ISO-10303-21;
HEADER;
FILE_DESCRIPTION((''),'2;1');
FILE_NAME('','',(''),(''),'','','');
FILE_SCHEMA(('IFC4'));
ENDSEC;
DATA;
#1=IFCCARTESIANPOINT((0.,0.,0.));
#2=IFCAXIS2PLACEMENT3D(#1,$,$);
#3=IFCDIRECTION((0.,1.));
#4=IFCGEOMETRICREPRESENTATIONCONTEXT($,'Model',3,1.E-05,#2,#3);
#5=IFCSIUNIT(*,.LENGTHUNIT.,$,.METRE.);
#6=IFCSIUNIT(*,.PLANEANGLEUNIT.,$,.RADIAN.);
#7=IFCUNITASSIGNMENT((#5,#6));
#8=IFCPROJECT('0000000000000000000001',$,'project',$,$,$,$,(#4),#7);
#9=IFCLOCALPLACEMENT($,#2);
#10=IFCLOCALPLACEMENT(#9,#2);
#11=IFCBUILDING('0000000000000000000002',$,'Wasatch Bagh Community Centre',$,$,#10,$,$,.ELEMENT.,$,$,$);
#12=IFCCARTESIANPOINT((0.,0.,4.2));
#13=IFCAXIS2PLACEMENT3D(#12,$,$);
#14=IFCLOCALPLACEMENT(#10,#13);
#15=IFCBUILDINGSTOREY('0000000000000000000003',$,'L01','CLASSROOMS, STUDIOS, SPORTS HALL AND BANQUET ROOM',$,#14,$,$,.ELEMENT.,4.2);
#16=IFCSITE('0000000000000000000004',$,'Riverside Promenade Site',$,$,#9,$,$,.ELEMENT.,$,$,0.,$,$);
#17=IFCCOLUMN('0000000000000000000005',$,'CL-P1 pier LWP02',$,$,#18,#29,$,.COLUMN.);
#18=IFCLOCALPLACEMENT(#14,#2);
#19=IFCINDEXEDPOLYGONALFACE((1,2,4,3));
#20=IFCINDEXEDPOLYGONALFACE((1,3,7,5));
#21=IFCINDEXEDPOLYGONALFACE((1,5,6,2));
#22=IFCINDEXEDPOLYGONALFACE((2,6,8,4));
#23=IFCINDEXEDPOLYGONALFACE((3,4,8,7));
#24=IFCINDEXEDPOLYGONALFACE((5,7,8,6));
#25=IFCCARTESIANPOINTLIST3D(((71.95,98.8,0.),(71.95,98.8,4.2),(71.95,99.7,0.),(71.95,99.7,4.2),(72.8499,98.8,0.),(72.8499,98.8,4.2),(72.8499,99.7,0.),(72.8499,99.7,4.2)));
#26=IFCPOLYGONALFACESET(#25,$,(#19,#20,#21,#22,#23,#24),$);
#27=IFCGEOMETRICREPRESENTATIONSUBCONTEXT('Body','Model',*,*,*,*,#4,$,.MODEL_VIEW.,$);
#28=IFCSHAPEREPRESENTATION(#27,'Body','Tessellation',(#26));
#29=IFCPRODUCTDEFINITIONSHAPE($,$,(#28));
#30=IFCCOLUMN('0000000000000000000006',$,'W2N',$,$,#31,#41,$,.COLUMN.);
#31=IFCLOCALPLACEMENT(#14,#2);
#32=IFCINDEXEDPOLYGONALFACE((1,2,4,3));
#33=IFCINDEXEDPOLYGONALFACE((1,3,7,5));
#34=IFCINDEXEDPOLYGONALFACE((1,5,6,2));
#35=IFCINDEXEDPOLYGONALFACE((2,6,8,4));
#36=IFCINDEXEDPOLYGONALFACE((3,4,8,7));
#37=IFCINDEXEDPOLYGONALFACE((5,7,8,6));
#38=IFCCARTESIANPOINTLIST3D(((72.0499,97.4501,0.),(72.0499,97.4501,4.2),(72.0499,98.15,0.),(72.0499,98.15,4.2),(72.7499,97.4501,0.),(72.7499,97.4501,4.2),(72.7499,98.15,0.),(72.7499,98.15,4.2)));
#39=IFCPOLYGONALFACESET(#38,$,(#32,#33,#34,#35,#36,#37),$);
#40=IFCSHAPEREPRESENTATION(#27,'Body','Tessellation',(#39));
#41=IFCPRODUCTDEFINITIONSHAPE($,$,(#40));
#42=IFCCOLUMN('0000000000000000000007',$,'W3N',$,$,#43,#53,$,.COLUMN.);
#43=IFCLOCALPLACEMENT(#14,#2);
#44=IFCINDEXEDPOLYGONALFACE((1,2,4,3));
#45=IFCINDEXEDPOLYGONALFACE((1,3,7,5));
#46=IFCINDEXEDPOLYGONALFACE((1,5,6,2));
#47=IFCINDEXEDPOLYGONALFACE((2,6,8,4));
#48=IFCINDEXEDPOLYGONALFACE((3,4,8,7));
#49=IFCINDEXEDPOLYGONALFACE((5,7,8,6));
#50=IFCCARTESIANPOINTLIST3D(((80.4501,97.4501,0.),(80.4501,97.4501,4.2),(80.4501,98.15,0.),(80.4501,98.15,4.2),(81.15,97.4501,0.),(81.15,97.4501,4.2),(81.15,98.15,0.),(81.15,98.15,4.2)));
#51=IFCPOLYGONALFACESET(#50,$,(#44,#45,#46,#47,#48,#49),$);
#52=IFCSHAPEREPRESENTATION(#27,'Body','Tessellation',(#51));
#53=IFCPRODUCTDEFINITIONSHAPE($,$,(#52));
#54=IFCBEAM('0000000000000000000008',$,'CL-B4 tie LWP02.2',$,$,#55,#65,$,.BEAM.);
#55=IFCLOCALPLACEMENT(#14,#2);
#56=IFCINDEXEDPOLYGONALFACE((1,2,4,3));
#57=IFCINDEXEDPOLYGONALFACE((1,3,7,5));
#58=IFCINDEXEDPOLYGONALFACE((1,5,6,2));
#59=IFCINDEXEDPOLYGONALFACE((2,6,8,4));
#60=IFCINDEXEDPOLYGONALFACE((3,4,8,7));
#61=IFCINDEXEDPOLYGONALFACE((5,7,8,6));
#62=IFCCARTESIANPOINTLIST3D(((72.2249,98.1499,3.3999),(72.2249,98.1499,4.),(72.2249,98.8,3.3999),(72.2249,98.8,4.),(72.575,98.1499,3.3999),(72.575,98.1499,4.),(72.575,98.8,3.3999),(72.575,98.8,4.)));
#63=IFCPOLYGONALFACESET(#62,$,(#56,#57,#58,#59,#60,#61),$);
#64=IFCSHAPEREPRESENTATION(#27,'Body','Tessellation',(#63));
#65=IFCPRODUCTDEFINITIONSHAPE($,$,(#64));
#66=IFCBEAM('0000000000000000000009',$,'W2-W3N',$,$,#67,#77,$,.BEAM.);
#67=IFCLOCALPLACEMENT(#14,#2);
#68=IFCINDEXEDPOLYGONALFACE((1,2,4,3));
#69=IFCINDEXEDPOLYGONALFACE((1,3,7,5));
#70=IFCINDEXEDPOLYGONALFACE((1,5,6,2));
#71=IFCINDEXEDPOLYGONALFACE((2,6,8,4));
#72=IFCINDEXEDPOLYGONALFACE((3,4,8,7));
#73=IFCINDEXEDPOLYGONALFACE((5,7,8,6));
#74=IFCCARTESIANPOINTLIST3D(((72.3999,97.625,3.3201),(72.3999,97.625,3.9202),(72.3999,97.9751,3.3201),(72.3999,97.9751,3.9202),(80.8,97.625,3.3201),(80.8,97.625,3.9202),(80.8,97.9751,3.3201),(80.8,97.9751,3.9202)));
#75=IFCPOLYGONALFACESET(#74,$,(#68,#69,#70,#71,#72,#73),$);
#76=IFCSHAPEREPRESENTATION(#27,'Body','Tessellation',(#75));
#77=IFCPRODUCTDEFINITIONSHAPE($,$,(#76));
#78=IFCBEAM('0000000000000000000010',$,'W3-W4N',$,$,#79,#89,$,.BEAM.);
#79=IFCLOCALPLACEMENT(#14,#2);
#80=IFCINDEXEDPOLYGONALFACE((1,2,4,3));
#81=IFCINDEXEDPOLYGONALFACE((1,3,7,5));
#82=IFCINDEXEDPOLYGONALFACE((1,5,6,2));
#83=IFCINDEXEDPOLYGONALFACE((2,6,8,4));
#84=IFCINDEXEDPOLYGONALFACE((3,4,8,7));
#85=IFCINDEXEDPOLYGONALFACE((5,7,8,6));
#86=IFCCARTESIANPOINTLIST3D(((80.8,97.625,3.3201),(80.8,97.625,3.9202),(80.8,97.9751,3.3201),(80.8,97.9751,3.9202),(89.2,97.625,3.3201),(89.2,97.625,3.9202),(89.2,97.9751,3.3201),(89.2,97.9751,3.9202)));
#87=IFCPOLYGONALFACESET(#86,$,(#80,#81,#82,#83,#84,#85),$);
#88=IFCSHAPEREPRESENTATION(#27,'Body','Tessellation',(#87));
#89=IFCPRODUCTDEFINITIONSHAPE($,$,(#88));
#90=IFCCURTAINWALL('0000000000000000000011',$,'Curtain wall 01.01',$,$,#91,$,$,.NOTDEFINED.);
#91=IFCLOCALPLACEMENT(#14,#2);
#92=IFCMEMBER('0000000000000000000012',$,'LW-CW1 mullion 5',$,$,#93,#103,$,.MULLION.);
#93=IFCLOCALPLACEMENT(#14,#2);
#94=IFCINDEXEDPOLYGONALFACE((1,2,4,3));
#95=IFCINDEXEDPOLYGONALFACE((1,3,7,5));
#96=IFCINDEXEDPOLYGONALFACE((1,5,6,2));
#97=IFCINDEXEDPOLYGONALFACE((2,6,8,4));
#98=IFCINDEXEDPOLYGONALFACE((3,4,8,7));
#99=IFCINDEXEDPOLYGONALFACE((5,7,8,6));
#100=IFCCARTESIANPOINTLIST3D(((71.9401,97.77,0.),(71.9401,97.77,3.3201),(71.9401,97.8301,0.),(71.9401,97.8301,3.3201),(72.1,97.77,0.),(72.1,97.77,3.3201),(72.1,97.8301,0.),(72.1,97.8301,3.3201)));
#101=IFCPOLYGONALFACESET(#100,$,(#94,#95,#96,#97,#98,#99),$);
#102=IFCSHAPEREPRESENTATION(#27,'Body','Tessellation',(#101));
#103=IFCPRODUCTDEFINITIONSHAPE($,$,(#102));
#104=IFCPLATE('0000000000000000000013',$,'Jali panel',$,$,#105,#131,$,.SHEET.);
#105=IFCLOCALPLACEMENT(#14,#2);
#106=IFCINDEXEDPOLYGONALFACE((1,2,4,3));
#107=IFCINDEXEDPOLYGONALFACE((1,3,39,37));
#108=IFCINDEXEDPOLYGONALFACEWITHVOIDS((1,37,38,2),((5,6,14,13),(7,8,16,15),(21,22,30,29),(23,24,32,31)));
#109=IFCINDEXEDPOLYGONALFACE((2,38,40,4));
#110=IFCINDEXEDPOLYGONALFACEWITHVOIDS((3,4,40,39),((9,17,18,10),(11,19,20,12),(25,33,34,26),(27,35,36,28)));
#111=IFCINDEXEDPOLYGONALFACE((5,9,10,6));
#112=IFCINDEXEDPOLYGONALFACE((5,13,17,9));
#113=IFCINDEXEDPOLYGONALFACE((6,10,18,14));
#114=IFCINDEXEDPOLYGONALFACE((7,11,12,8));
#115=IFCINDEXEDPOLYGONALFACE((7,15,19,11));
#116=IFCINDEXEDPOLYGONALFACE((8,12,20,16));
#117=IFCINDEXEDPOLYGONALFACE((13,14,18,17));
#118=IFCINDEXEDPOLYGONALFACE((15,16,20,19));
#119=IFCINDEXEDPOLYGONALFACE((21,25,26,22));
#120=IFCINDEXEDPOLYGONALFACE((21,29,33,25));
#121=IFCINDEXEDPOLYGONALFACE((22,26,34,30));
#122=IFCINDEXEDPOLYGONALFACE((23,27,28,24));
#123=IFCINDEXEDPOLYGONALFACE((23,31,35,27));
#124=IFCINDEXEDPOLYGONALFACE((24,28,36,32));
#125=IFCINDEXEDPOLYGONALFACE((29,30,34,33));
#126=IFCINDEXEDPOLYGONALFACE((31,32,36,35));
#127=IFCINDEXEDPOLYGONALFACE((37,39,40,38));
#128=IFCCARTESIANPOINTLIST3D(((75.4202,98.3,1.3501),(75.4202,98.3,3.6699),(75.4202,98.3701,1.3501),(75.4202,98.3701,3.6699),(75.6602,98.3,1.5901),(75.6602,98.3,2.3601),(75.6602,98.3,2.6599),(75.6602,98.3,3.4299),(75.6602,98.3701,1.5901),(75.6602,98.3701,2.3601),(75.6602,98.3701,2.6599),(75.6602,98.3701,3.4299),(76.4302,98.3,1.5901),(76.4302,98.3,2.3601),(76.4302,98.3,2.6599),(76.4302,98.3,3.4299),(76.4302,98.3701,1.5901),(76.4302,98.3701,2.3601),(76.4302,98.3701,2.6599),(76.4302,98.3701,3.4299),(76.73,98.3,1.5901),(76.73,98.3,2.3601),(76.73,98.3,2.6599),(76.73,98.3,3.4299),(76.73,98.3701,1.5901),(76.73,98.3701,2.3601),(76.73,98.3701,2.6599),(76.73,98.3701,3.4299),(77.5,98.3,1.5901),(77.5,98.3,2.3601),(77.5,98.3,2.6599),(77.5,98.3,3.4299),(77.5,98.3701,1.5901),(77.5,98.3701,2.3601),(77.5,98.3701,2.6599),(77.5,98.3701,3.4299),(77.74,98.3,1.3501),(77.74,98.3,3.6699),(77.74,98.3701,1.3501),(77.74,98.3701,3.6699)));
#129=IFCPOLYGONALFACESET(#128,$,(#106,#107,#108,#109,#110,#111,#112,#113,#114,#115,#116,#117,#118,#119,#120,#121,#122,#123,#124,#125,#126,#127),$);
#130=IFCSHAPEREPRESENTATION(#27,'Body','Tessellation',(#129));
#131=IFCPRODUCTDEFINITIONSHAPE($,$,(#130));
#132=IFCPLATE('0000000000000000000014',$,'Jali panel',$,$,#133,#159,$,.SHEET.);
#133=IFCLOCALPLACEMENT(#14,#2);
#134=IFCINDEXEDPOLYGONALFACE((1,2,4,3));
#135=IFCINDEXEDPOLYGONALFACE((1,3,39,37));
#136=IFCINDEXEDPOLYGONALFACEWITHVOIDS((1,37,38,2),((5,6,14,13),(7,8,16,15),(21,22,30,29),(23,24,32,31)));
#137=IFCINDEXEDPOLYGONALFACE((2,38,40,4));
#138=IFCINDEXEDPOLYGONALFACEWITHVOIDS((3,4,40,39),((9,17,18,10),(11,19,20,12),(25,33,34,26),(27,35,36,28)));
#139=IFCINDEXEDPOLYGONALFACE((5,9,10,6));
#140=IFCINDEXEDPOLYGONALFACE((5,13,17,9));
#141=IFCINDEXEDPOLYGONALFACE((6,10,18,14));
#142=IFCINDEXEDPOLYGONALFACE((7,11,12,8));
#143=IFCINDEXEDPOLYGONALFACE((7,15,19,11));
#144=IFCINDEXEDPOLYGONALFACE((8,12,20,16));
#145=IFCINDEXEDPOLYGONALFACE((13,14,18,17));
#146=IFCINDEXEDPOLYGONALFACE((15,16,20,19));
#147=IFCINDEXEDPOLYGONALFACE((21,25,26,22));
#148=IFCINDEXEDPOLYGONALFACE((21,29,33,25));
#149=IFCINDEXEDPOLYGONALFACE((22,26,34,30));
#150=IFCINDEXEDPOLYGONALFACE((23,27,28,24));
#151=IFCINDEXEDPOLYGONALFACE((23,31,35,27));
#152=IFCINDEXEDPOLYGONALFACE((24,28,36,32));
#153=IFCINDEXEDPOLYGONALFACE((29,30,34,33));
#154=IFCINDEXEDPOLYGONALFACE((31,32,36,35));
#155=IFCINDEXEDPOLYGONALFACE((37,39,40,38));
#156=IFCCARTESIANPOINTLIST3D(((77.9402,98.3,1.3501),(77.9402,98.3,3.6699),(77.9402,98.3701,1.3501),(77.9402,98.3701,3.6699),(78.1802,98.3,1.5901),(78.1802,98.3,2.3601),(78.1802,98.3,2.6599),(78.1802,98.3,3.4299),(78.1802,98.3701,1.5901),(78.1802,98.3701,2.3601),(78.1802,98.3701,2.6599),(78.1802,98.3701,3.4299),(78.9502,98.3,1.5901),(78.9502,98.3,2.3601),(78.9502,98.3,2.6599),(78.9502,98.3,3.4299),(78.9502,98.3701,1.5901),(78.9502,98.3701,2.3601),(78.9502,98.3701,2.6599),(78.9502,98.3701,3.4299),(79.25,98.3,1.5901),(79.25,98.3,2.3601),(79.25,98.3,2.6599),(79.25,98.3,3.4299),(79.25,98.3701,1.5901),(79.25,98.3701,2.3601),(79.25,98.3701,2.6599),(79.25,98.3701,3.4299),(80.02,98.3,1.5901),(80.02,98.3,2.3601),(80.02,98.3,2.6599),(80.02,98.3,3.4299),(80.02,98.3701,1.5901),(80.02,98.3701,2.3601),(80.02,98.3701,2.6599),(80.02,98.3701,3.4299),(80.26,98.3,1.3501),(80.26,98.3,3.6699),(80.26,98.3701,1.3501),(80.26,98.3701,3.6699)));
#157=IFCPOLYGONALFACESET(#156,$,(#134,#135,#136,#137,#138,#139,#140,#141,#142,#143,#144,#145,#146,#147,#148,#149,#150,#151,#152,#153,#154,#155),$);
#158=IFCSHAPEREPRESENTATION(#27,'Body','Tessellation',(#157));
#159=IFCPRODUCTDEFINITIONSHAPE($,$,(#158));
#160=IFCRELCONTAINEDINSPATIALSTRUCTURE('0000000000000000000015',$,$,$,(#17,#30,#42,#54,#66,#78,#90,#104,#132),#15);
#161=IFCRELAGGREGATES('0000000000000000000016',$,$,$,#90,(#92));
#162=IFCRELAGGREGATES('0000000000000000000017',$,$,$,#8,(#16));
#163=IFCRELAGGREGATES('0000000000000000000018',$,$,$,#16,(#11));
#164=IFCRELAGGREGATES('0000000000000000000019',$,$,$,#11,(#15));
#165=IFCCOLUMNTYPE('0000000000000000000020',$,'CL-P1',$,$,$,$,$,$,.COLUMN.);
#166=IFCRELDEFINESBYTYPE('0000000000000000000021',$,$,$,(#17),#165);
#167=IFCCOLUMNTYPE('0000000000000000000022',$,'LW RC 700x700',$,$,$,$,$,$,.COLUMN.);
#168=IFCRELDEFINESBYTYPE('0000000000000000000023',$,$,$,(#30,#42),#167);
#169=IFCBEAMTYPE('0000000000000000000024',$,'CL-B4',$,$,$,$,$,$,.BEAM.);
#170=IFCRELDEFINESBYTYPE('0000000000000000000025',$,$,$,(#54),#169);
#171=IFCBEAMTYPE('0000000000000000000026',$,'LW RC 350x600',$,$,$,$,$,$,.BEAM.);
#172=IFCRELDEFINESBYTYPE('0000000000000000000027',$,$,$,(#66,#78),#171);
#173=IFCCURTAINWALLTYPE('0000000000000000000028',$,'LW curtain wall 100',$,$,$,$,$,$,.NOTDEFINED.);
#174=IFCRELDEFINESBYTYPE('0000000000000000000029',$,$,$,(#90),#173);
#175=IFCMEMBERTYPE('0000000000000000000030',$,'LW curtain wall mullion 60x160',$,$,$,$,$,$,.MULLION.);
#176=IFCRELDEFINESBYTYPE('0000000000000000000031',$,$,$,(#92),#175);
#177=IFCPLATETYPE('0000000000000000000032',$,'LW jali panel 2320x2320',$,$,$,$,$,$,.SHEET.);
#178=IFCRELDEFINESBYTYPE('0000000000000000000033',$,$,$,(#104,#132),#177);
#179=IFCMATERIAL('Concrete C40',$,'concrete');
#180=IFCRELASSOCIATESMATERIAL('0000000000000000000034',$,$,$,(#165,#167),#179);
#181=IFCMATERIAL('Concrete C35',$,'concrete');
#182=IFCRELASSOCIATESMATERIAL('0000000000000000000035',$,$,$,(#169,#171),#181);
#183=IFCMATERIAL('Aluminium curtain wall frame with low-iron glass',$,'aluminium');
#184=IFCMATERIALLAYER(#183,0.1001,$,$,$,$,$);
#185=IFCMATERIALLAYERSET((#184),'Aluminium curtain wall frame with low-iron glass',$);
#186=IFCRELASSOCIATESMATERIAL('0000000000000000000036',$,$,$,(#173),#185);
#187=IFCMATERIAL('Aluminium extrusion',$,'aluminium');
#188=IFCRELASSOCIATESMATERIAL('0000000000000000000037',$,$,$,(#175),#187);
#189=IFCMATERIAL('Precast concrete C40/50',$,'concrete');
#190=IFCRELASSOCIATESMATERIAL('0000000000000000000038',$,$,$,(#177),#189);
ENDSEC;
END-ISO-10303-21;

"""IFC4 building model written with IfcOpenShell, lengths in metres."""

from ifc_helpers import new_model, si_unit, direction, frame, origin, origin_2d, place, context, subcontext, project, spatial, polyline, rectangle, outline, extrude, material, layer, layer_set, material_profile, profile_set, type_object, element, aggregate, save


model = new_model("IFC4")

# Units and contexts
model_context = context("Model", 3, precision=1e-05, world=origin(), true_north=direction((0.0, 1.0)))
body_context = subcontext(model_context, "Body", "Model", "MODEL_VIEW")
ifc_project = project(units=[si_unit("LENGTHUNIT", "METRE"), si_unit("PLANEANGLEUNIT", "RADIAN")], contexts=[model_context])

# Site, building, storey
site_placement = place(None, origin())
site = spatial("IfcSite", under=ifc_project, at=site_placement, Name="Riverside Promenade Site", CompositionType="ELEMENT", RefElevation=0.0)
building_placement = place(site_placement, origin())
building = spatial("IfcBuilding", under=site, at=building_placement, Name="Wasatch Bagh Community Centre", CompositionType="ELEMENT")
storey_placement = place(building_placement, frame((0.0, 0.0, 4.2)))
storey = spatial("IfcBuildingStorey", under=building, at=storey_placement, Name="L01", Description="CLASSROOMS, STUDIOS, SPORTS HALL AND BANQUET ROOM", CompositionType="ELEMENT", Elevation=4.2)

# Columns
ifc_material_1 = material(Name="Concrete C40", Category="concrete")
ifc_material_profile_1 = material_profile(ifc_material_1, rectangle(XDim=0.8999, YDim=0.8999, at=origin_2d()), Name="RC 900x900")
ifc_profile_set_1 = profile_set([ifc_material_profile_1], Name="Concrete C40")
column_type_1 = type_object("IfcColumnType", Name="CL-P1", PredefinedType="COLUMN", material=ifc_profile_set_1)
column_placement = place(storey_placement, frame((72.3999, 99.25, 0.0), z_axis=(0.0, 0.0, 1.0), x_axis=(1.0, 0.0, 0.0)))
element("IfcColumn", 1, at=column_placement, inside=storey, type_object=column_type_1, Name="CL-P1 pier LWP02", PredefinedType="COLUMN", context=body_context, shape_type="SweptSolid", body=[
    extrude(rectangle(XDim=0.8999, YDim=0.8999, at=origin_2d()), origin(), (0.0, 0.0, 1.0), 4.2),
])
ifc_material_profile_2 = material_profile(ifc_material_1, rectangle(XDim=0.7, YDim=0.7, at=origin_2d()), Name="RC 700x700")
ifc_profile_set_2 = profile_set([ifc_material_profile_2], Name="Concrete C40")
column_type_2 = type_object("IfcColumnType", Name="LW RC 700x700", PredefinedType="COLUMN", material=ifc_profile_set_2)
for number, where, z_axis, x_axis, name in (
    (2, (72.3999, 97.8, 0.0), (0.0, 0.0, 1.0), (1.0, 0.0, 0.0), "W2N"),
    (3, (80.8, 97.8, 0.0), (0.0, 0.0, 1.0), (1.0, 0.0, 0.0), "W3N"),
):
    element("IfcColumn", number, at=place(storey_placement, frame(where, z_axis=z_axis, x_axis=x_axis)), inside=storey, type_object=column_type_2, Name=name, PredefinedType="COLUMN", context=body_context, shape_type="SweptSolid", body=[
        extrude(rectangle(XDim=0.7, YDim=0.7, at=origin_2d()), origin(), (0.0, 0.0, 1.0), 4.2),
    ])

# Beams
ifc_material_2 = material(Name="Concrete C35", Category="concrete")
ifc_material_profile_3 = material_profile(ifc_material_2, rectangle(XDim=0.3501, YDim=0.6001, at=origin_2d()), Name="RC 350x600")
ifc_profile_set_3 = profile_set([ifc_material_profile_3], Name="Concrete C35")
beam_type_1 = type_object("IfcBeamType", Name="CL-B4", PredefinedType="BEAM", material=ifc_profile_set_3)
beam_1_placement = place(storey_placement, frame((72.3999, 98.1499, 3.7), z_axis=(0.0, 1.0, 0.0), x_axis=(-1.0, 0.0, 0.0)))
element("IfcBeam", 4, at=beam_1_placement, inside=storey, type_object=beam_type_1, Name="CL-B4 tie LWP02.2", PredefinedType="BEAM", context=body_context, shape_type="SweptSolid", body=[
    extrude(rectangle(XDim=0.3501, YDim=0.6001, at=origin_2d()), origin(), (0.0, 0.0, 1.0), 0.6501),
])
ifc_material_profile_4 = material_profile(ifc_material_2, rectangle(XDim=0.3501, YDim=0.6001, at=origin_2d()), Name="RC 350x600")
ifc_profile_set_4 = profile_set([ifc_material_profile_4], Name="Concrete C35")
beam_type_2 = type_object("IfcBeamType", Name="LW RC 350x600", PredefinedType="BEAM", material=ifc_profile_set_4)
beam_2_placement = place(storey_placement, frame((72.3999, 97.8, 3.6201), z_axis=(1.0, 0.0, 0.0), x_axis=(0.0, 1.0, 0.0)))
element("IfcBeam", 5, at=beam_2_placement, inside=storey, type_object=beam_type_2, Name="W2-W3N", PredefinedType="BEAM", context=body_context, shape_type="SweptSolid", body=[
    extrude(rectangle(XDim=0.3501, YDim=0.6001, at=origin_2d()), origin(), (0.0, 0.0, 1.0), 8.4001),
])
beam_3_placement = place(storey_placement, frame((80.8, 97.8, 3.6201), z_axis=(1.0, 0.0, 0.0), x_axis=(0.0, 1.0, 0.0)))
element("IfcBeam", 6, at=beam_3_placement, inside=storey, type_object=beam_type_2, Name="W3-W4N", PredefinedType="BEAM", context=body_context, shape_type="SweptSolid", body=[
    extrude(rectangle(XDim=0.3501, YDim=0.6001, at=origin_2d()), origin(), (0.0, 0.0, 1.0), 8.3999),
])

# Curtain wall, member
ifc_material_3 = material(Name="Aluminium curtain wall frame with low-iron glass", Category="aluminium")
ifc_layer_1 = layer(ifc_material_3, 0.1001)
ifc_layer_set_1 = layer_set([ifc_layer_1], Name="Aluminium curtain wall frame with low-iron glass")
curtain_wall_type = type_object("IfcCurtainWallType", Name="LW curtain wall 100", PredefinedType="NOTDEFINED", material=ifc_layer_set_1)
curtain_wall_placement = place(storey_placement, origin())
curtain_wall = element("IfcCurtainWall", 7, at=curtain_wall_placement, inside=storey, type_object=curtain_wall_type, Name="Curtain wall 01.01", PredefinedType="NOTDEFINED")
ifc_material_4 = material(Name="Aluminium extrusion", Category="aluminium")
ifc_material_profile_5 = material_profile(ifc_material_4, rectangle(XDim=0.0601, YDim=0.1599, at=origin_2d()), Name="AL 60x160")
ifc_profile_set_5 = profile_set([ifc_material_profile_5], Name="Aluminium extrusion")
member_type = type_object("IfcMemberType", Name="LW curtain wall mullion 60x160", PredefinedType="MULLION", material=ifc_profile_set_5)
member_placement = place(storey_placement, frame((72.02, 97.8, 0.0), z_axis=(0.0, 0.0, 1.0), x_axis=(0.0, 1.0, 0.0)))
member = element("IfcMember", 8, at=member_placement, type_object=member_type, Name="LW-CW1 mullion 5", PredefinedType="MULLION", context=body_context, shape_type="SweptSolid", body=[
    extrude(rectangle(XDim=0.0601, YDim=0.1599, at=origin_2d()), origin(), (0.0, 0.0, 1.0), 3.3201),
])
aggregate(curtain_wall, [member])

# Plates
ifc_material_5 = material(Name="Precast concrete C40/50", Category="concrete")
ifc_material_profile_6 = material_profile(ifc_material_5, outline(polyline([(-1.1599, -1.1599), (1.1599, -1.1599), (1.1599, 1.1599), (-1.1599, 1.1599), (-1.1599, -1.1599)]), holes=[polyline([(-0.9199, -0.9199), (-0.1499, -0.9199), (-0.1499, -0.1499), (-0.9199, -0.1499), (-0.9199, -0.9199)]), polyline([(-0.9199, 0.1499), (-0.1499, 0.1499), (-0.1499, 0.9199), (-0.9199, 0.9199), (-0.9199, 0.1499)]), polyline([(0.1499, -0.9199), (0.9199, -0.9199), (0.9199, -0.1499), (0.1499, -0.1499), (0.1499, -0.9199)]), polyline([(0.1499, 0.1499), (0.9199, 0.1499), (0.9199, 0.9199), (0.1499, 0.9199), (0.1499, 0.1499)])]), Name="Jali lattice")
ifc_profile_set_6 = profile_set([ifc_material_profile_6], Name="Precast concrete C40/50")
plate_type = type_object("IfcPlateType", Name="LW jali panel 2320x2320", PredefinedType="SHEET", material=ifc_profile_set_6)
for number, where, z_axis, x_axis, name in (
    (9, (76.5801, 98.3, 2.51), (0.0, 1.0, 0.0), (-1.0, 0.0, 0.0), "Jali panel"),
    (10, (79.1001, 98.3, 2.51), (0.0, 1.0, 0.0), (-1.0, 0.0, 0.0), "Jali panel"),
):
    element("IfcPlate", number, at=place(storey_placement, frame(where, z_axis=z_axis, x_axis=x_axis)), inside=storey, type_object=plate_type, Name=name, PredefinedType="SHEET", context=body_context, shape_type="SweptSolid", body=[
        extrude(outline(polyline([(-1.1599, -1.1599), (1.1599, -1.1599), (1.1599, 1.1599), (-1.1599, 1.1599), (-1.1599, -1.1599)]), holes=[polyline([(-0.9199, -0.9199), (-0.1499, -0.9199), (-0.1499, -0.1499), (-0.9199, -0.1499), (-0.9199, -0.9199)]), polyline([(-0.9199, 0.1499), (-0.1499, 0.1499), (-0.1499, 0.9199), (-0.9199, 0.9199), (-0.9199, 0.1499)]), polyline([(0.1499, -0.9199), (0.9199, -0.9199), (0.9199, -0.1499), (0.1499, -0.1499), (0.1499, -0.9199)]), polyline([(0.1499, 0.1499), (0.9199, 0.1499), (0.9199, 0.9199), (0.1499, 0.9199), (0.1499, 0.1499)])]), origin(), (0.0, 0.0, 1.0), 0.0701),
    ])

save(model, "model.ifc")
